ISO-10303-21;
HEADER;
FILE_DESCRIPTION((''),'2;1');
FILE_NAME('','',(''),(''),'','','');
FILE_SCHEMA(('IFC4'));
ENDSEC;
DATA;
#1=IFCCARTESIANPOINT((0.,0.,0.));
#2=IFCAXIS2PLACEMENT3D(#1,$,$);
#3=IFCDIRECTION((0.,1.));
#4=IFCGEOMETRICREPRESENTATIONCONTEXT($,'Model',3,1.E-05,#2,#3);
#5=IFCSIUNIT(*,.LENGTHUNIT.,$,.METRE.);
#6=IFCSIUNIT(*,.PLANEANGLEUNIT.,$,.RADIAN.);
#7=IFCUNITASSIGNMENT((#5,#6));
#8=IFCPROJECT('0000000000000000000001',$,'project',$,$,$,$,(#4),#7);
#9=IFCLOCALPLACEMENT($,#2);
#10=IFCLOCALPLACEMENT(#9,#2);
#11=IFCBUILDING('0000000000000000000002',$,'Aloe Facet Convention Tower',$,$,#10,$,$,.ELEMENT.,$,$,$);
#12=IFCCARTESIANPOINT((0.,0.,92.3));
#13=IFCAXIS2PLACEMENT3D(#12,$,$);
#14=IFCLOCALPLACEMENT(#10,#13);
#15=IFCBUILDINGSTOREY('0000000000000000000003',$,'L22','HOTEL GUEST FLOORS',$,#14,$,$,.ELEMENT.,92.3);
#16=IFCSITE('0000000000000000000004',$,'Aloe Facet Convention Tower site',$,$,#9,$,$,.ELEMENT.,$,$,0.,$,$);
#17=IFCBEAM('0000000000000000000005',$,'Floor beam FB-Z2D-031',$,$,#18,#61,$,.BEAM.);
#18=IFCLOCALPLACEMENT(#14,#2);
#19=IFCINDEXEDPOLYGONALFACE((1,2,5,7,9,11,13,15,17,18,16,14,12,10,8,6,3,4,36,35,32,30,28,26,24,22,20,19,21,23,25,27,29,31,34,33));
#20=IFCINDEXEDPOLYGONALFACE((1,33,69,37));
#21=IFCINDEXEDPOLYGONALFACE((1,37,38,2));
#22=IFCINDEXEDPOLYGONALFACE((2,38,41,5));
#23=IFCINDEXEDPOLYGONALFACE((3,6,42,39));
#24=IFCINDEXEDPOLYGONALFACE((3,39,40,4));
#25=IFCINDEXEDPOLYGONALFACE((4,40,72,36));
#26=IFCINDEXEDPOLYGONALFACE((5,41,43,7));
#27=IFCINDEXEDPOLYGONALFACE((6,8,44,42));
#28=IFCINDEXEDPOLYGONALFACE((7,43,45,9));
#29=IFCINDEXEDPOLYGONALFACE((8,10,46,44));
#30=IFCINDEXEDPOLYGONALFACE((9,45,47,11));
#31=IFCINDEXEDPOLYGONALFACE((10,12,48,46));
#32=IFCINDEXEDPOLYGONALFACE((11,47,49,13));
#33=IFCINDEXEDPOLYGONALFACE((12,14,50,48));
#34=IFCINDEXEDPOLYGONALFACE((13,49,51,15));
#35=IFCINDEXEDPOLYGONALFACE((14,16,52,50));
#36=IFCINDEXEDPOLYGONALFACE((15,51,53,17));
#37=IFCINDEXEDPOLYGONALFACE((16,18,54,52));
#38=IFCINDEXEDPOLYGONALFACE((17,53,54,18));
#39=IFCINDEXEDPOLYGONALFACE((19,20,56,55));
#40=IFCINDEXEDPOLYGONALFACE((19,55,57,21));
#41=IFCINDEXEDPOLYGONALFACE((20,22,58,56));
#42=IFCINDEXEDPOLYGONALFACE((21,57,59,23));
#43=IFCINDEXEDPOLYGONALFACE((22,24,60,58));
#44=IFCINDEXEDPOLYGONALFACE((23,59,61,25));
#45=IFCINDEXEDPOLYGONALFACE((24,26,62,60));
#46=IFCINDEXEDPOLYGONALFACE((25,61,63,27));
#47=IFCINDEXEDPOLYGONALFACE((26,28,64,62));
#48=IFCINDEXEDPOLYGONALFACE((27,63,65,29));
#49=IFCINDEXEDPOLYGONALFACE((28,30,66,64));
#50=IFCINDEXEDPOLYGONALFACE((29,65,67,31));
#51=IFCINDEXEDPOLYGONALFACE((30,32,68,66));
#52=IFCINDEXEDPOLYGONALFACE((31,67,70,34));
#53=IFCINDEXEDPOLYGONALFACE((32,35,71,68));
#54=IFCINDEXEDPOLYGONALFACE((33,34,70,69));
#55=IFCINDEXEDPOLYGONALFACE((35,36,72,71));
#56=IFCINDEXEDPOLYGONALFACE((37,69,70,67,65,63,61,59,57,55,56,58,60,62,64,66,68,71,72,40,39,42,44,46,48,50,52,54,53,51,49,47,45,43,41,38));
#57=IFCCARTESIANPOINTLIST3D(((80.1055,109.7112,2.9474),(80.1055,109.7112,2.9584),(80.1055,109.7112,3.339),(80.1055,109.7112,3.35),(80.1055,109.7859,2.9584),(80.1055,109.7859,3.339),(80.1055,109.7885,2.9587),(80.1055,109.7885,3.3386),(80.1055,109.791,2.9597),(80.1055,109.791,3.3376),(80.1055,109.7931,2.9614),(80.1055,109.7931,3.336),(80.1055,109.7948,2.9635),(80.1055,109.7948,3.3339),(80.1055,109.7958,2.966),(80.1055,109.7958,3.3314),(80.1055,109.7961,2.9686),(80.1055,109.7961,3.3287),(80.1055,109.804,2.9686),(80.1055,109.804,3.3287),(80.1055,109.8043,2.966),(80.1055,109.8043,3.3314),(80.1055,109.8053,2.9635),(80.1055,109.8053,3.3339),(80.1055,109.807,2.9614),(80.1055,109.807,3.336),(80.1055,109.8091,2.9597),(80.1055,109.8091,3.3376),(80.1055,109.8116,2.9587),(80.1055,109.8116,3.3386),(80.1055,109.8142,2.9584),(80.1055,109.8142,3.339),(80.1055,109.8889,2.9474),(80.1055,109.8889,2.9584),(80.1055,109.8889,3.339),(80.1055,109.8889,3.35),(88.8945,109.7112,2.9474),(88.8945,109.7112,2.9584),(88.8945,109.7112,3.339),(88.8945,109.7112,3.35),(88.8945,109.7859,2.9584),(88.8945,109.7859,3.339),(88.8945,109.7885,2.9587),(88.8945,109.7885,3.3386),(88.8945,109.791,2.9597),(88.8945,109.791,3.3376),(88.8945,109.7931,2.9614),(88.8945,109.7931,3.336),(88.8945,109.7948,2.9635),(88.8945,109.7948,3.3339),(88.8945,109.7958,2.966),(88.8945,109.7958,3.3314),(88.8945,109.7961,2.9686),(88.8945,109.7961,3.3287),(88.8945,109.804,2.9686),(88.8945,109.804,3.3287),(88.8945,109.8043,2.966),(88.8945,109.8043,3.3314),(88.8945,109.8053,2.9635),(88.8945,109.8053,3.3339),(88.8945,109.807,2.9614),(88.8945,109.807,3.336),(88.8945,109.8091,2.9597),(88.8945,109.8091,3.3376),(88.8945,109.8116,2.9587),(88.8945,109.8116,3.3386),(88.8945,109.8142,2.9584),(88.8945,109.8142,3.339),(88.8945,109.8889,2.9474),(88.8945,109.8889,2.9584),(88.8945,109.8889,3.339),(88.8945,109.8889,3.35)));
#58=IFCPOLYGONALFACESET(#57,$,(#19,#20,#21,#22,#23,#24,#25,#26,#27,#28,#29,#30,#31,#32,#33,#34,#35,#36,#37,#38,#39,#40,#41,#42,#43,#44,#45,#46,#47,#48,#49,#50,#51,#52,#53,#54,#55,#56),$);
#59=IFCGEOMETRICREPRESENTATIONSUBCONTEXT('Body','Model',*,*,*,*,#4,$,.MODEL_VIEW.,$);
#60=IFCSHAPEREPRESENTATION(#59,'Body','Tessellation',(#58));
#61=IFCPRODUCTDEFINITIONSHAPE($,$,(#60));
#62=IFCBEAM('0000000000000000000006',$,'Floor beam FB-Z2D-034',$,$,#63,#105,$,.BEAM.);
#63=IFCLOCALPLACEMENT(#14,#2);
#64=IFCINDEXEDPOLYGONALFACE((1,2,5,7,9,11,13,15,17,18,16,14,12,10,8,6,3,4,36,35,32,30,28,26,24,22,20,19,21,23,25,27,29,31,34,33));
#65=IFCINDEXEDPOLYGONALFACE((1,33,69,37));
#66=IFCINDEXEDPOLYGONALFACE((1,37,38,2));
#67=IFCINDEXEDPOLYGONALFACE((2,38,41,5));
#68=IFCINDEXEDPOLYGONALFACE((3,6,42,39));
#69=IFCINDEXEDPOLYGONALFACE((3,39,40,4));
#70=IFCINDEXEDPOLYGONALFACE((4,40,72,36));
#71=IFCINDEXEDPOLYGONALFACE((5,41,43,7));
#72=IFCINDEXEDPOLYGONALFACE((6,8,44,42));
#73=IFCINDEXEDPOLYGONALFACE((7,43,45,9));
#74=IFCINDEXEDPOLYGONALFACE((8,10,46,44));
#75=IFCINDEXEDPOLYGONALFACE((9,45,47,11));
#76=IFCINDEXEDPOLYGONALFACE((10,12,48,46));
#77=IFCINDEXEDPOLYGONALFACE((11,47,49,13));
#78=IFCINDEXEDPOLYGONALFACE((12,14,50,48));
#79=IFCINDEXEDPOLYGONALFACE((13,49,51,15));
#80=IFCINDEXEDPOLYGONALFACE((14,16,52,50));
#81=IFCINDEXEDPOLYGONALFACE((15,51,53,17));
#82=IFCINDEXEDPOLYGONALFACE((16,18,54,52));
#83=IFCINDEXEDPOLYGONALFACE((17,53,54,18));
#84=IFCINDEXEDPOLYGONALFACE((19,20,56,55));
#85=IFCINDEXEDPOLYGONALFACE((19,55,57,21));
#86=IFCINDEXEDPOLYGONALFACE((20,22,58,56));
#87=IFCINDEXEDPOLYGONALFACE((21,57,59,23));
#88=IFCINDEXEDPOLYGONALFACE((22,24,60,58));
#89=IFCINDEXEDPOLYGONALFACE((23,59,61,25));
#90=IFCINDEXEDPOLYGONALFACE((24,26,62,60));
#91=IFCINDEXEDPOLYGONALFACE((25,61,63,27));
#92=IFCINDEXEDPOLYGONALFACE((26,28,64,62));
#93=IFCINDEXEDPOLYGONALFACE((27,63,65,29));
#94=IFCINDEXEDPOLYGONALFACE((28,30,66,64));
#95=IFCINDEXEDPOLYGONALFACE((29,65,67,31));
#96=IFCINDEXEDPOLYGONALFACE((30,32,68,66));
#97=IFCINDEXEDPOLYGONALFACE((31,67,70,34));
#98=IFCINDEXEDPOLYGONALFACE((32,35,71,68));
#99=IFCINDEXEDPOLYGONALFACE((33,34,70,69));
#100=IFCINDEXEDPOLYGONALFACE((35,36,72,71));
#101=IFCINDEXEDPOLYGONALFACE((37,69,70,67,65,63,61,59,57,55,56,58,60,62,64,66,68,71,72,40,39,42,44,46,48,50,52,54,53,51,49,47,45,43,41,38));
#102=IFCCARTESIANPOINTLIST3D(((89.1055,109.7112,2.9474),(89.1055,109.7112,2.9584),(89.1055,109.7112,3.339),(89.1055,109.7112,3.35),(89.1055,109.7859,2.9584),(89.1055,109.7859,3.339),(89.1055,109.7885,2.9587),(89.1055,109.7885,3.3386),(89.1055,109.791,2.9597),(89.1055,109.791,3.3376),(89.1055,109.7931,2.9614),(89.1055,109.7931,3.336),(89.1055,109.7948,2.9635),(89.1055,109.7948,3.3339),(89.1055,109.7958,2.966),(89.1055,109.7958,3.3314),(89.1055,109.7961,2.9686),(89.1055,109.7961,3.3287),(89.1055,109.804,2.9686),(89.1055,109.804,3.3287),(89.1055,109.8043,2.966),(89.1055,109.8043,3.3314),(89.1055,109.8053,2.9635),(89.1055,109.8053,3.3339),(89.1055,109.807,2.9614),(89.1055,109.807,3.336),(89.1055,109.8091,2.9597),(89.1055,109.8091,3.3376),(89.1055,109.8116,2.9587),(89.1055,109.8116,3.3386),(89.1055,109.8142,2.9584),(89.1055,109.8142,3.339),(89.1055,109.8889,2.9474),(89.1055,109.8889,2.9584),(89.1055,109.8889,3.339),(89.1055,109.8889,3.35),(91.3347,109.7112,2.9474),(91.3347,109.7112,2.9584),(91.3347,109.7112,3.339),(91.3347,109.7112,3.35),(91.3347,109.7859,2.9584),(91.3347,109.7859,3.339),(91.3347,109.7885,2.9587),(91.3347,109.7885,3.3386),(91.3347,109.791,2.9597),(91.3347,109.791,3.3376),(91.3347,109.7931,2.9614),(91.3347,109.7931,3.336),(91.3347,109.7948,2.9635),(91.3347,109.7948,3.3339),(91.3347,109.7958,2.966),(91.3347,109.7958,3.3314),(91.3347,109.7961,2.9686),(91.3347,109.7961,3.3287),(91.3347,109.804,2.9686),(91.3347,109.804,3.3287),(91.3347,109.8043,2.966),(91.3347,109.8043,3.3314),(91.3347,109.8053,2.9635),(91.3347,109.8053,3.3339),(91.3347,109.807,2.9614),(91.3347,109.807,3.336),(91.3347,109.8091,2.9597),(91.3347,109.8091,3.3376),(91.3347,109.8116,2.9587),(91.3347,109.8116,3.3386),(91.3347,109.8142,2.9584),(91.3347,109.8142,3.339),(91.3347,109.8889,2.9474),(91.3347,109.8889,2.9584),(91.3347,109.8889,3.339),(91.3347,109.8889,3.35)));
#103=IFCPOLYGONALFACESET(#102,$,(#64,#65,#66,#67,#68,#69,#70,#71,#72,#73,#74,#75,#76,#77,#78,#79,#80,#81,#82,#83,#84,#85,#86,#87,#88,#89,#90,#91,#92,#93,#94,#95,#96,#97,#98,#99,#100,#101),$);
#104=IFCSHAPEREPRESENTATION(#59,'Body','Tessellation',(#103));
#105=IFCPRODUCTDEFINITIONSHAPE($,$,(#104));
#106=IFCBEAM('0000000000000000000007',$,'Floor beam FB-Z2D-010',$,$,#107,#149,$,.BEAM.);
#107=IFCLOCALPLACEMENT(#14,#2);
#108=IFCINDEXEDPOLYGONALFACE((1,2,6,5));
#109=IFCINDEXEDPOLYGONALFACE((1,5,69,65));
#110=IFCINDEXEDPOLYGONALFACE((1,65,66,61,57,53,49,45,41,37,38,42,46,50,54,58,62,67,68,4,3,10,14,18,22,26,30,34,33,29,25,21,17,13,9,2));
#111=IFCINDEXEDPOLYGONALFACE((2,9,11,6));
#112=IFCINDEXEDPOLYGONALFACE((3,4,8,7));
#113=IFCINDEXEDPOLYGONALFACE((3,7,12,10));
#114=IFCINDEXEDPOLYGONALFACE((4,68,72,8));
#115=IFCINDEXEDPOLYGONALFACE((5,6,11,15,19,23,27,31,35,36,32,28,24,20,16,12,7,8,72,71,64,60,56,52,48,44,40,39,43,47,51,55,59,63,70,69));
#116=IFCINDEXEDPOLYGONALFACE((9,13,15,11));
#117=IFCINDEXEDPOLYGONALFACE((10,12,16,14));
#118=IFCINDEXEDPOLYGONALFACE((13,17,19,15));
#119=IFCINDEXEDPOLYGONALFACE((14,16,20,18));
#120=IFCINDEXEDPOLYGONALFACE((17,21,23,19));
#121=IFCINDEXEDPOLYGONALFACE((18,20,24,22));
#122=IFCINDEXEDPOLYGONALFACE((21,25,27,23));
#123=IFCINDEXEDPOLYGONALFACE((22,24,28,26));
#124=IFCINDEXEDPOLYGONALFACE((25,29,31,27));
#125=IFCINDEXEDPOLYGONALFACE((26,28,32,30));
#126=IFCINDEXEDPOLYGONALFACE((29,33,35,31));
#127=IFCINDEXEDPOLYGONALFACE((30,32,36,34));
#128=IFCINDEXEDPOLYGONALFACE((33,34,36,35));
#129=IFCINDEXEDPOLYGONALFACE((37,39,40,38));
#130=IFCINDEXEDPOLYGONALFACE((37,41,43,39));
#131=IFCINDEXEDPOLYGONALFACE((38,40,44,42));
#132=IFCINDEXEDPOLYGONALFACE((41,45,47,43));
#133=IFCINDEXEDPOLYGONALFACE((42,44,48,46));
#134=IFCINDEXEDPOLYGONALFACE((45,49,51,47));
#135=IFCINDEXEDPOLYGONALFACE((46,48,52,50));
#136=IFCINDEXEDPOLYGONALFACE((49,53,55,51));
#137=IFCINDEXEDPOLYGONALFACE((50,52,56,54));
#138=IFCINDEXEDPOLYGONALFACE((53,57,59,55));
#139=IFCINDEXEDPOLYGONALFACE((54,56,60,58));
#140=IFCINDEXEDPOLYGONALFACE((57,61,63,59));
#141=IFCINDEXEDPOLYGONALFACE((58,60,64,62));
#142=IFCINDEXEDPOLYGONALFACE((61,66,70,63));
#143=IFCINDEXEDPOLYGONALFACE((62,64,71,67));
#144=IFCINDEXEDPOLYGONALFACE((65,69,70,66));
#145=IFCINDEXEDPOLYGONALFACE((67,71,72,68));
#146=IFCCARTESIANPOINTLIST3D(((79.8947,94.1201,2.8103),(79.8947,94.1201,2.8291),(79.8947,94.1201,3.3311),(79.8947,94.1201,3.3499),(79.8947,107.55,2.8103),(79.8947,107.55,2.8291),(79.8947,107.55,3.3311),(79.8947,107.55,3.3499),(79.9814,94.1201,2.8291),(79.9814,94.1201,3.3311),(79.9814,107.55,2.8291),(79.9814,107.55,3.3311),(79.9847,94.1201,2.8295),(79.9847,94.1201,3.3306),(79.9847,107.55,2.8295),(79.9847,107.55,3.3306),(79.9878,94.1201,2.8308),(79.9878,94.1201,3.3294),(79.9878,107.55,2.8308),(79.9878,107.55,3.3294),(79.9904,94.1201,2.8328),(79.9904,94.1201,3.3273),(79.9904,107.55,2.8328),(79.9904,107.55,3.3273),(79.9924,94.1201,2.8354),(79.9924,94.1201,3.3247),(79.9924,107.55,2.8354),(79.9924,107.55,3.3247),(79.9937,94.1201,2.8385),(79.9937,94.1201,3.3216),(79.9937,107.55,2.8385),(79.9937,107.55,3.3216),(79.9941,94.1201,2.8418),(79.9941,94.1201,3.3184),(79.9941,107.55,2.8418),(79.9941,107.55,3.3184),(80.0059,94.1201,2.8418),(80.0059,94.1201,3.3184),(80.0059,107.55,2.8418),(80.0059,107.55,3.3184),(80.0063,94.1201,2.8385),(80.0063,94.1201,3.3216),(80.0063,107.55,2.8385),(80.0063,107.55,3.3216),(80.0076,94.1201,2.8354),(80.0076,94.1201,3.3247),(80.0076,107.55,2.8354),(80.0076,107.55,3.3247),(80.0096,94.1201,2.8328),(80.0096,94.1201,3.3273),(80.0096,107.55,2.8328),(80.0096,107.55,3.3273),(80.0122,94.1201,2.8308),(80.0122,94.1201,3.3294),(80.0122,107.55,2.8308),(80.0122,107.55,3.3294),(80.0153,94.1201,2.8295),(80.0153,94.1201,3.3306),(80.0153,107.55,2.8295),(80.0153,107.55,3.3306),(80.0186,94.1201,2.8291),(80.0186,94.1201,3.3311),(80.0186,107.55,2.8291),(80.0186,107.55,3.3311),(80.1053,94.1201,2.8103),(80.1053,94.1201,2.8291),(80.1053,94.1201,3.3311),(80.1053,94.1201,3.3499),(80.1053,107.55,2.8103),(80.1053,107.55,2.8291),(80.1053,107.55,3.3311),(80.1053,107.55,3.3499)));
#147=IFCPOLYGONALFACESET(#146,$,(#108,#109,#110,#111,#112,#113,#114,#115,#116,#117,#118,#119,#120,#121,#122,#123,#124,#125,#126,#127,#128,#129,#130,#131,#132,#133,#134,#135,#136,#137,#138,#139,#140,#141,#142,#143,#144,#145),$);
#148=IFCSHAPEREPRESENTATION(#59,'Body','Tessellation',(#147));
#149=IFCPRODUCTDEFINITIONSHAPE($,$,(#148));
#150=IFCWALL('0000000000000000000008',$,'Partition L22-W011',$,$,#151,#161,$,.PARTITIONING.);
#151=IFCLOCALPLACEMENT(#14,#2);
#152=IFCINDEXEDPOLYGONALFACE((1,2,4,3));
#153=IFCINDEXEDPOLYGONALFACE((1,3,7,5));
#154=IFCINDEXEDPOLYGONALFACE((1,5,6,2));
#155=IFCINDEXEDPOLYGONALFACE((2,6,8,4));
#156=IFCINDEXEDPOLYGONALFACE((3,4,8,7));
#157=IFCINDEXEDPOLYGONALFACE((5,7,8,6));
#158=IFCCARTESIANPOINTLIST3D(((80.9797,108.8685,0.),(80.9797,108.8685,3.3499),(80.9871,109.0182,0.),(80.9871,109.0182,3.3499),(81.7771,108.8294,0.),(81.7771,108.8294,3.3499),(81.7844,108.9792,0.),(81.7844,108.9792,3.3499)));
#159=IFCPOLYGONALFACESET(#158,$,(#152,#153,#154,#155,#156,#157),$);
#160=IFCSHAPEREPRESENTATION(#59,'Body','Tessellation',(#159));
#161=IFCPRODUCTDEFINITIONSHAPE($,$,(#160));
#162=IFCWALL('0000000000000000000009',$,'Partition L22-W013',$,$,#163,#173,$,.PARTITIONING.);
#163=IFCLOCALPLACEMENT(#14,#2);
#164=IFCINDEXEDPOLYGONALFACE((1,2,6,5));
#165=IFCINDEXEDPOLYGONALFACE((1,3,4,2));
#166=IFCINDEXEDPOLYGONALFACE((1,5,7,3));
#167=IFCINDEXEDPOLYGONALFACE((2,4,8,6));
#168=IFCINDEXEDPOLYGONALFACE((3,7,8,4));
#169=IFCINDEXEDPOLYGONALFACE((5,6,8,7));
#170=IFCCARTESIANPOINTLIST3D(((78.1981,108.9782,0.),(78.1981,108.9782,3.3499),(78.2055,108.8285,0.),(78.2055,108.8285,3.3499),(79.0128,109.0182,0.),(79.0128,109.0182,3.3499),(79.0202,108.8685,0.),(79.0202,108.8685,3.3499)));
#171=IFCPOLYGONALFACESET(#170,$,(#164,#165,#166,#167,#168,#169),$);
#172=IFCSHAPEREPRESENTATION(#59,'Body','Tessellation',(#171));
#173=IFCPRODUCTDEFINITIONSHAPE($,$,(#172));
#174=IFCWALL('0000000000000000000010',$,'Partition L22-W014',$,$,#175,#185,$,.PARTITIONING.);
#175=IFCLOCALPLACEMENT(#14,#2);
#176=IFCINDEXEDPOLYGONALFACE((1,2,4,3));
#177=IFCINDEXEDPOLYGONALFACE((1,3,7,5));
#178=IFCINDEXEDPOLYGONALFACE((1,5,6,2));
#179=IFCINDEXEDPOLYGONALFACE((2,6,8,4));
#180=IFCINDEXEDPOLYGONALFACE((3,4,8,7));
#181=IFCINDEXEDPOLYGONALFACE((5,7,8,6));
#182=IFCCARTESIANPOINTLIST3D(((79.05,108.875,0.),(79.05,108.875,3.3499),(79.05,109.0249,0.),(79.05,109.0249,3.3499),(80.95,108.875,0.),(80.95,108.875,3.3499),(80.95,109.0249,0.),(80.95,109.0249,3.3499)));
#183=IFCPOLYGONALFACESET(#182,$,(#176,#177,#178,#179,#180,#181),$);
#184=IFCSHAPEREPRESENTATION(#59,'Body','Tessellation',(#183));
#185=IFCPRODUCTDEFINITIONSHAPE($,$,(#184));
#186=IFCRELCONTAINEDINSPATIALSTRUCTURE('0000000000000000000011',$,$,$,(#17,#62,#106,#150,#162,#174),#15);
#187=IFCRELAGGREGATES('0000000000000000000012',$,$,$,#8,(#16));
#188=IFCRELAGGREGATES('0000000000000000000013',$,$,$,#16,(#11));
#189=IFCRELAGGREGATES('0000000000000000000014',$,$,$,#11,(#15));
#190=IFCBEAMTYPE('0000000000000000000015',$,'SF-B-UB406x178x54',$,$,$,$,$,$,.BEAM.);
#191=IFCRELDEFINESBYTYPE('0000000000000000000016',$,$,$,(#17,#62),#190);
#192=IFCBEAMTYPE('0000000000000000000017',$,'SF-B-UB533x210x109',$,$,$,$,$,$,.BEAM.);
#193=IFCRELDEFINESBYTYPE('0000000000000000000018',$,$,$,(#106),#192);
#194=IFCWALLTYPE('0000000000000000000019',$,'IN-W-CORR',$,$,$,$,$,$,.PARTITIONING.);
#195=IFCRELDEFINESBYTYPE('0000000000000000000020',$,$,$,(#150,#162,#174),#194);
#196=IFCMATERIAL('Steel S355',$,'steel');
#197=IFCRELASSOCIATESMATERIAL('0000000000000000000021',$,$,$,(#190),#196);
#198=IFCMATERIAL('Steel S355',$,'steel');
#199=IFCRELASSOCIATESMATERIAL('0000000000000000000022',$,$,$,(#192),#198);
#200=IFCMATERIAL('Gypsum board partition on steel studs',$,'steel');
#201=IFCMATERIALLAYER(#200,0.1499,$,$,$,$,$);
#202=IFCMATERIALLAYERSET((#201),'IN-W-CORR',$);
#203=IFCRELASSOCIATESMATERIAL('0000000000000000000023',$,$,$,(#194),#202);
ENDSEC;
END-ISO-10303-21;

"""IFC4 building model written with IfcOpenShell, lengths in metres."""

from ifc_helpers import new_model, si_unit, direction, frame, frame_2d, origin, origin_2d, place, context, subcontext, project, spatial, rectangle, i_section, extrude, material, layer, layer_set, material_profile, profile_set, type_object, element, save


model = new_model("IFC4")

# Units and contexts
model_context = context("Model", 3, precision=1e-05, world=origin(), true_north=direction((0.0, 1.0)))
body_context = subcontext(model_context, "Body", "Model", "MODEL_VIEW")
ifc_project = project(units=[si_unit("LENGTHUNIT", "METRE"), si_unit("PLANEANGLEUNIT", "RADIAN")], contexts=[model_context])

# Site, building, storey
site_placement = place(None, origin())
site = spatial("IfcSite", under=ifc_project, at=site_placement, Name="Aloe Facet Convention Tower site", CompositionType="ELEMENT", RefElevation=0.0)
building_placement = place(site_placement, origin())
building = spatial("IfcBuilding", under=site, at=building_placement, Name="Aloe Facet Convention Tower", CompositionType="ELEMENT")
storey_placement = place(building_placement, frame((0.0, 0.0, 92.3)))
storey = spatial("IfcBuildingStorey", under=building, at=storey_placement, Name="L22", Description="HOTEL GUEST FLOORS", CompositionType="ELEMENT", Elevation=92.3)

# Beams
ifc_material_1 = material(Name="Steel S355", Category="steel")
ifc_material_profile_1 = material_profile(ifc_material_1, i_section(OverallWidth=0.1777, OverallDepth=0.4026, WebThickness=0.0078, FlangeThickness=0.011, FilletRadius=0.0103, at=origin_2d()), Name="UB 406x178x54")
ifc_profile_set_1 = profile_set([ifc_material_profile_1], Name="Steel S355")
beam_type_1 = type_object("IfcBeamType", Name="SF-B-UB406x178x54", PredefinedType="BEAM", material=ifc_profile_set_1)
for number, where, z_axis, x_axis, name in (
    (1, (80.1055, 109.8, 3.1487), (1.0, 0.0, 0.0), (0.0, 1.0, 0.0), "Floor beam FB-Z2D-031"),
):
    element("IfcBeam", number, at=place(storey_placement, frame(where, z_axis=z_axis, x_axis=x_axis)), inside=storey, type_object=beam_type_1, Name=name, PredefinedType="BEAM", context=body_context, shape_type="SweptSolid", body=[
        extrude(i_section(OverallWidth=0.1777, OverallDepth=0.4026, WebThickness=0.0078, FlangeThickness=0.011, FilletRadius=0.0103, at=origin_2d()), origin(), (0.0, 0.0, 1.0), 8.7891),
    ])
beam_1_placement = place(storey_placement, frame((89.1055, 109.8, 3.1487), z_axis=(1.0, 0.0, 0.0), x_axis=(0.0, 1.0, 0.0)))
element("IfcBeam", 2, at=beam_1_placement, inside=storey, type_object=beam_type_1, Name="Floor beam FB-Z2D-034", PredefinedType="BEAM", context=body_context, shape_type="SweptSolid", body=[
    extrude(i_section(OverallWidth=0.1777, OverallDepth=0.4026, WebThickness=0.0078, FlangeThickness=0.011, FilletRadius=0.0103, at=origin_2d()), origin(), (0.0, 0.0, 1.0), 2.2292),
])
ifc_material_2 = material(Name="Steel S355", Category="steel")
ifc_material_profile_2 = material_profile(ifc_material_2, i_section(OverallWidth=0.2107, OverallDepth=0.5396, WebThickness=0.0117, FlangeThickness=0.0188, FilletRadius=0.0127, at=origin_2d()), Name="UB 533x210x109")
ifc_profile_set_2 = profile_set([ifc_material_profile_2], Name="Steel S355")
beam_type_2 = type_object("IfcBeamType", Name="SF-B-UB533x210x109", PredefinedType="BEAM", material=ifc_profile_set_2)
beam_2_placement = place(storey_placement, frame((80.0, 107.55, 3.0801), z_axis=(0.0, -1.0, 0.0), x_axis=(1.0, 0.0, 0.0)))
element("IfcBeam", 3, at=beam_2_placement, inside=storey, type_object=beam_type_2, Name="Floor beam FB-Z2D-010", PredefinedType="BEAM", context=body_context, shape_type="SweptSolid", body=[
    extrude(i_section(OverallWidth=0.2107, OverallDepth=0.5396, WebThickness=0.0117, FlangeThickness=0.0188, FilletRadius=0.0127, at=origin_2d()), origin(), (0.0, 0.0, 1.0), 13.4299),
])

# Walls
ifc_material_3 = material(Name="Gypsum board partition on steel studs", Category="steel")
ifc_layer_1 = layer(ifc_material_3, 0.1499)
ifc_layer_set_1 = layer_set([ifc_layer_1], Name="IN-W-CORR")
wall_type_1 = type_object("IfcWallType", Name="IN-W-CORR", PredefinedType="PARTITIONING", material=ifc_layer_set_1)
wall_1_placement = place(storey_placement, frame((80.9834, 108.9434, 0.0), z_axis=(0.0, 0.0, 1.0), x_axis=(0.998802, -0.048931, 0.0)))
element("IfcWall", 4, at=wall_1_placement, inside=storey, type_object=wall_type_1, Name="Partition L22-W011", PredefinedType="PARTITIONING", context=body_context, shape_type="SweptSolid", body=[
    extrude(rectangle(XDim=0.7983, YDim=0.1499, at=frame_2d((0.3992, 0.0))), origin(), (0.0, 0.0, 1.0), 3.3499),
])
wall_2_placement = place(storey_placement, frame((78.2019, 108.9033, 0.0), z_axis=(0.0, 0.0, 1.0), x_axis=(0.998795, 0.049087, 0.0)))
element("IfcWall", 5, at=wall_2_placement, inside=storey, type_object=wall_type_1, Name="Partition L22-W013", PredefinedType="PARTITIONING", context=body_context, shape_type="SweptSolid", body=[
    extrude(rectangle(XDim=0.8157, YDim=0.1499, at=frame_2d((0.4077, 0.0))), origin(), (0.0, 0.0, 1.0), 3.3499),
])
wall_3_placement = place(storey_placement, frame((79.05, 108.95, 0.0), z_axis=(0.0, 0.0, 1.0), x_axis=(1.0, 0.0, 0.0)))
element("IfcWall", 6, at=wall_3_placement, inside=storey, type_object=wall_type_1, Name="Partition L22-W014", PredefinedType="PARTITIONING", context=body_context, shape_type="SweptSolid", body=[
    extrude(rectangle(XDim=1.8999, YDim=0.1499, at=frame_2d((0.95, 0.0))), origin(), (0.0, 0.0, 1.0), 3.3499),
])

save(model, "model.ifc")
